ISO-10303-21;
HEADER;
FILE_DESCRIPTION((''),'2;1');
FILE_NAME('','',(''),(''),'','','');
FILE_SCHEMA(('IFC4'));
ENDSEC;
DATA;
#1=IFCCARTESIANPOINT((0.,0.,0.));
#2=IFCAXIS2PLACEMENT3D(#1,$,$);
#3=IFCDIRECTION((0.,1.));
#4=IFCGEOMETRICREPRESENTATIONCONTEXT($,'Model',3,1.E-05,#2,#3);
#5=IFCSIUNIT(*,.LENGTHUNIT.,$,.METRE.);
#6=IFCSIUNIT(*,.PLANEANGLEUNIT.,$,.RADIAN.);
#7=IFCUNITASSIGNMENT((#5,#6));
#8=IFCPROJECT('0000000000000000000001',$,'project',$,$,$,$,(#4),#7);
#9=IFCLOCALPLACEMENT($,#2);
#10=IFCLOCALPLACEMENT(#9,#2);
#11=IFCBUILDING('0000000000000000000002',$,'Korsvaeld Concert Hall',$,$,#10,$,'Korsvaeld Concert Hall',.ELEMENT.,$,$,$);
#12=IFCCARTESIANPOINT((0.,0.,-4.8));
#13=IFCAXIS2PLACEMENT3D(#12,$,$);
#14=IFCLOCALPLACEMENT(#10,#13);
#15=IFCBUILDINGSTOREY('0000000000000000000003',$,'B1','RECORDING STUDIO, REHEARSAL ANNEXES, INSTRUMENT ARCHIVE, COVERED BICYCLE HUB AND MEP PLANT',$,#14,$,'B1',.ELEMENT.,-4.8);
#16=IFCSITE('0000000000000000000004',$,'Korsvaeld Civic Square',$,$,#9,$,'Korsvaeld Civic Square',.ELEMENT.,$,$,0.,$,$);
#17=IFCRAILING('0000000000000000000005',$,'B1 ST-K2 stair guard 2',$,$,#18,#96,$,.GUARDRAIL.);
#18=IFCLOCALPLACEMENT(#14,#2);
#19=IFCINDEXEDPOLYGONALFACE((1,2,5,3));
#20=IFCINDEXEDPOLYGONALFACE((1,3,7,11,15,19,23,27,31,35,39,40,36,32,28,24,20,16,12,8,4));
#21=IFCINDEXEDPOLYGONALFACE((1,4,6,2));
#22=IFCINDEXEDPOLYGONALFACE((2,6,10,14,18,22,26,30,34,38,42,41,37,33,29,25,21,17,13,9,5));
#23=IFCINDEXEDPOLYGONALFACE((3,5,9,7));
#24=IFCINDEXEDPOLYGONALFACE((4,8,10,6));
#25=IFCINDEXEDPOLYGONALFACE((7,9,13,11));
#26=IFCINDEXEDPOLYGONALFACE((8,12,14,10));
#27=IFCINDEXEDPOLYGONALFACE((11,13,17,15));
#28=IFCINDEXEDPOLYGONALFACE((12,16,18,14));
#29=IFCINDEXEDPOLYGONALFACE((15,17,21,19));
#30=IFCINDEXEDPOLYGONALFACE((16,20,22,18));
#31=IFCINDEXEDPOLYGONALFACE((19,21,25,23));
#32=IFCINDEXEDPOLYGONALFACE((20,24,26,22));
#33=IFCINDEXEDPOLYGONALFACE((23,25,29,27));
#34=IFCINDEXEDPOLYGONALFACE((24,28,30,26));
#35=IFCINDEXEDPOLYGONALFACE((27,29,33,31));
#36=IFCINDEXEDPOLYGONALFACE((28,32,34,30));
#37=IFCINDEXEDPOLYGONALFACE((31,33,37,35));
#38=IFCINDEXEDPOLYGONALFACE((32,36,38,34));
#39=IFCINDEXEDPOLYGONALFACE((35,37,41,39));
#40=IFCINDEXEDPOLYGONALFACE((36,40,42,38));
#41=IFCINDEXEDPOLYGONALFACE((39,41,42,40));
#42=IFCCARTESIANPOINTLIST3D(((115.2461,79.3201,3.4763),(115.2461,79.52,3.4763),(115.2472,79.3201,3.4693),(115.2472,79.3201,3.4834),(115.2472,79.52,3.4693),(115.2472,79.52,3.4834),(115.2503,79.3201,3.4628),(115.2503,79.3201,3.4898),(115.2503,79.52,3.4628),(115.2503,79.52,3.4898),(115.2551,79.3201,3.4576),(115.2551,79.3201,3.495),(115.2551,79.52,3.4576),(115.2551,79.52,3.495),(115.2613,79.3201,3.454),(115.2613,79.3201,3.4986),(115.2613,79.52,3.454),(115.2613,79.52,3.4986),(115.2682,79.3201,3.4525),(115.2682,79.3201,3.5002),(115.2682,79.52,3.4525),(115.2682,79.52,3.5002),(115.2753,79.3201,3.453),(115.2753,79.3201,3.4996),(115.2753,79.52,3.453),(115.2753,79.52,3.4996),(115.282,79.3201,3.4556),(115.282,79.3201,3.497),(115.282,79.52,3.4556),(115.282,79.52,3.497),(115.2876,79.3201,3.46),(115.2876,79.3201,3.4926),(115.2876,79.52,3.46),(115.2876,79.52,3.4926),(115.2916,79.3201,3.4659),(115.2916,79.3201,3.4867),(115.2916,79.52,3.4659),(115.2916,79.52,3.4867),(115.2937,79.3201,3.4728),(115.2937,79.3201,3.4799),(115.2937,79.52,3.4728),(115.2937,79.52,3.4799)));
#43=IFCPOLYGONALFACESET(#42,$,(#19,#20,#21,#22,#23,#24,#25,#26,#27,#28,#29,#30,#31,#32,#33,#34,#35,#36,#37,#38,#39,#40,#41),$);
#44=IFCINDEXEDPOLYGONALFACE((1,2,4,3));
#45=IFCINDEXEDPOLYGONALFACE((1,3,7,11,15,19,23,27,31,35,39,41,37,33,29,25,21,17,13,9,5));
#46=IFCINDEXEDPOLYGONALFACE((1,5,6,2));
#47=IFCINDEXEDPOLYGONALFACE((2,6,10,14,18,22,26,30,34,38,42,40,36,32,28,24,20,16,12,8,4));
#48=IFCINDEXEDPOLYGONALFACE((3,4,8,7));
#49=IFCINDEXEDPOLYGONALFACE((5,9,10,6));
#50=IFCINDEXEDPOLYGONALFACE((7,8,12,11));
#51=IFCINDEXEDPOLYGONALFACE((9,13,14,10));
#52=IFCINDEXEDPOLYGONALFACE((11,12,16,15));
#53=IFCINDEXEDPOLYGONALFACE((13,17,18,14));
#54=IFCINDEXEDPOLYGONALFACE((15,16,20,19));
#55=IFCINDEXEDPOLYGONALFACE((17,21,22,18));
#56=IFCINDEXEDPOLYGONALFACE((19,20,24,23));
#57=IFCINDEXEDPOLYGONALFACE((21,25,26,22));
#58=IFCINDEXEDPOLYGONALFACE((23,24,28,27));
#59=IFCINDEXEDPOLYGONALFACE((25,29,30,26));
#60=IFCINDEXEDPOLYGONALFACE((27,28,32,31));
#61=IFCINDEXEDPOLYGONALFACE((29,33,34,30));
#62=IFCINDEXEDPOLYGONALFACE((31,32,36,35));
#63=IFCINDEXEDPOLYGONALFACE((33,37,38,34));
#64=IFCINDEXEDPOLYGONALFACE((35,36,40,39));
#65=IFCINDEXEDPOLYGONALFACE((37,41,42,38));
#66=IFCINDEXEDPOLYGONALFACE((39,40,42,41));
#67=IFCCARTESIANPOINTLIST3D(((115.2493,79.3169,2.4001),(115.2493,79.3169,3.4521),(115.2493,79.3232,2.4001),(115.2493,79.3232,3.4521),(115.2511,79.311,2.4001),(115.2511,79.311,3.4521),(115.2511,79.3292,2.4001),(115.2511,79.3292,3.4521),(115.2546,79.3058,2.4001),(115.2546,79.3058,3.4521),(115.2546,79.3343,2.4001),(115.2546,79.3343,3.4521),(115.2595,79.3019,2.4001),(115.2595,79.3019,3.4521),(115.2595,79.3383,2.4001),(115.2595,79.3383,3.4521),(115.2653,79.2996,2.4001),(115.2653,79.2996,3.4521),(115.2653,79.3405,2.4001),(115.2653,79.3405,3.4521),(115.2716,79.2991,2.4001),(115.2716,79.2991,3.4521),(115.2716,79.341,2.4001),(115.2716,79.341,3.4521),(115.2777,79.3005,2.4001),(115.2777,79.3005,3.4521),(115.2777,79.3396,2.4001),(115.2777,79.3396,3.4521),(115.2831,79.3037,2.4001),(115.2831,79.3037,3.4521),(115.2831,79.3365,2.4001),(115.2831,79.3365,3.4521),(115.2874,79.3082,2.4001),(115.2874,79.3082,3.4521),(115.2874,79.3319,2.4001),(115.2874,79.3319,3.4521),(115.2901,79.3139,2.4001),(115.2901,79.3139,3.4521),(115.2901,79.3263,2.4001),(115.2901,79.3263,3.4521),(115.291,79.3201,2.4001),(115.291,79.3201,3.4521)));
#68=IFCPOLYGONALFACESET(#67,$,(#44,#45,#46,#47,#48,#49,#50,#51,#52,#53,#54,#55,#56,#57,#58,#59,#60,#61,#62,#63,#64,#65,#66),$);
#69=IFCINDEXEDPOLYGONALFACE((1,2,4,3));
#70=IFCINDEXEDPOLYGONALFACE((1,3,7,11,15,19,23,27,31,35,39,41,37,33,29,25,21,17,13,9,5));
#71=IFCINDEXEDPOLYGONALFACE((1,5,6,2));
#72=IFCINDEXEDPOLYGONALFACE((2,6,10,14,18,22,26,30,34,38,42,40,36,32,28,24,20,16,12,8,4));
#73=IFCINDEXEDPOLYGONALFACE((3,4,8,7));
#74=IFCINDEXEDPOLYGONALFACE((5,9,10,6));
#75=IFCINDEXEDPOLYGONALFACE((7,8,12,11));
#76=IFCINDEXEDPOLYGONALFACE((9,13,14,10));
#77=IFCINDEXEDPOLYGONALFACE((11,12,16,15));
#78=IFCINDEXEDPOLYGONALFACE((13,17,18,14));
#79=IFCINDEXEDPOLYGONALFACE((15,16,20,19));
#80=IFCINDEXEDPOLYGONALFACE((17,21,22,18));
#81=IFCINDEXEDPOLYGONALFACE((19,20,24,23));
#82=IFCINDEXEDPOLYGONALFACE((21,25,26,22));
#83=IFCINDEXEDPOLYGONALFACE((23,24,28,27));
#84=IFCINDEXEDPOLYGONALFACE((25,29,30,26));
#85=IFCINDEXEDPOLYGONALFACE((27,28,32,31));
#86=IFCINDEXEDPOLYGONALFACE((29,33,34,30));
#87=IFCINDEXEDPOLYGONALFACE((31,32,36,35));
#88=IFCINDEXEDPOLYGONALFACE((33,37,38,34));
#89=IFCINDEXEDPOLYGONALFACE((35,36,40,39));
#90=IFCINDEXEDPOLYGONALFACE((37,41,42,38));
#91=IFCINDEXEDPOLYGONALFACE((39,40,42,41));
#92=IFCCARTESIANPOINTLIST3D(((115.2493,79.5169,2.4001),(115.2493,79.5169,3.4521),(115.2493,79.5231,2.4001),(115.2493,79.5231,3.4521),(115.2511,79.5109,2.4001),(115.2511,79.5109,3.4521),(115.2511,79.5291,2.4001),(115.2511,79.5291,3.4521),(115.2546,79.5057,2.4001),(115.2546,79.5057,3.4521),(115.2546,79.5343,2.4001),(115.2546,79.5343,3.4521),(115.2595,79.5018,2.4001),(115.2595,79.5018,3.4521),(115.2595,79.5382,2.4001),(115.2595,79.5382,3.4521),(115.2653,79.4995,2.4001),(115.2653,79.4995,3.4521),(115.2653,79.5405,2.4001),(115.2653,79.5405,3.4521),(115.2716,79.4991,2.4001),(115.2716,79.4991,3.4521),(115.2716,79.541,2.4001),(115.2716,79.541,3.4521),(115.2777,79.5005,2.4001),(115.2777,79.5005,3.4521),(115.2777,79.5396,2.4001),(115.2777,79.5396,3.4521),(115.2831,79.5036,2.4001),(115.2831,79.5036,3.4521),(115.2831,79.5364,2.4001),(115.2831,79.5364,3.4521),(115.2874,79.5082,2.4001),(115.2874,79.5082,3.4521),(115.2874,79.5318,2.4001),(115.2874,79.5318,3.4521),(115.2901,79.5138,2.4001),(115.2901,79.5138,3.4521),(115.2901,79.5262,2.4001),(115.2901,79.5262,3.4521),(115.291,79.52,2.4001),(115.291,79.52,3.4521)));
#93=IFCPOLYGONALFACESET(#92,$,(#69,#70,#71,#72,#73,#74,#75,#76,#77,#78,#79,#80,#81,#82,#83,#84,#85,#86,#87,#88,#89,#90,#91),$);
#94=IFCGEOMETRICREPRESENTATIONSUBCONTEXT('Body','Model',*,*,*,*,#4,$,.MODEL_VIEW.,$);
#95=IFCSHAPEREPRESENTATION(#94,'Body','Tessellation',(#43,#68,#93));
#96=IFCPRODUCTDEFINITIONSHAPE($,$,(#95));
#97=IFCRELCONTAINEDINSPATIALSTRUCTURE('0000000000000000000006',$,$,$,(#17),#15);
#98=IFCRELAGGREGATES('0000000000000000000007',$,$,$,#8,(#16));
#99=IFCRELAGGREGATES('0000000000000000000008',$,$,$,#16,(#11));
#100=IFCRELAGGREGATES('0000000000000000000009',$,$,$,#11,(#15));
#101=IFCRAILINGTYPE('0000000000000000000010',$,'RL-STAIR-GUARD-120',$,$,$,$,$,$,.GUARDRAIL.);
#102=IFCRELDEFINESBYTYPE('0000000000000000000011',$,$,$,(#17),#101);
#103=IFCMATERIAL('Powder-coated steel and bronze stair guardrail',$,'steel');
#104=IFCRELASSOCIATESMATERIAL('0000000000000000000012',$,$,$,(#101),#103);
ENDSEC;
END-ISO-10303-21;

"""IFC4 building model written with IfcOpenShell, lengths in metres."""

from ifc_helpers import new_model, si_unit, direction, frame, origin, origin_2d, place, context, subcontext, project, spatial, circle, extrude, material, type_object, element, save


model = new_model("IFC4")

# Units and contexts
model_context = context("Model", 3, precision=1e-05, world=origin(), true_north=direction((0.0, 1.0)))
body_context = subcontext(model_context, "Body", "Model", "MODEL_VIEW")
ifc_project = project(units=[si_unit("LENGTHUNIT", "METRE"), si_unit("PLANEANGLEUNIT", "RADIAN")], contexts=[model_context])

# Site, building, storey
site_placement = place(None, origin())
site = spatial("IfcSite", under=ifc_project, at=site_placement, Name="Korsvaeld Civic Square", LongName="Korsvaeld Civic Square", CompositionType="ELEMENT", RefElevation=0.0)
building_placement = place(site_placement, origin())
building = spatial("IfcBuilding", under=site, at=building_placement, Name="Korsvaeld Concert Hall", LongName="Korsvaeld Concert Hall", CompositionType="ELEMENT")
storey_placement = place(building_placement, frame((0.0, 0.0, -4.8)))
storey = spatial("IfcBuildingStorey", under=building, at=storey_placement, Name="B1", Description="RECORDING STUDIO, REHEARSAL ANNEXES, INSTRUMENT ARCHIVE, COVERED BICYCLE HUB AND MEP PLANT", LongName="B1", CompositionType="ELEMENT", Elevation=-4.8)

# Railing
ifc_material_1 = material(Name="Powder-coated steel and bronze stair guardrail", Category="steel")
railing_type_1 = type_object("IfcRailingType", Name="RL-STAIR-GUARD-120", PredefinedType="GUARDRAIL", material=ifc_material_1)
railing_1_placement = place(storey_placement, frame((115.27, 79.3201, 2.4001)))
element("IfcRailing", 1, at=railing_1_placement, inside=storey, type_object=railing_type_1, Name="B1 ST-K2 stair guard 2", PredefinedType="GUARDRAIL", context=body_context, shape_type="SweptSolid", body=[
    extrude(circle(Radius=0.0239, at=origin_2d()), frame((0.0, 0.0, 1.0762), z_axis=(0.0, 1.0, 0.0), x_axis=(-1.0, 0.0, 0.0)), (0.0, 0.0, 1.0), 0.2),
    extrude(circle(Radius=0.021, at=origin_2d()), origin(), (0.0, 0.0, 1.0), 1.052),
    extrude(circle(Radius=0.021, at=origin_2d()), frame((0.0, 0.2, 0.0)), (0.0, 0.0, 1.0), 1.052),
])

save(model, "model.ifc")
